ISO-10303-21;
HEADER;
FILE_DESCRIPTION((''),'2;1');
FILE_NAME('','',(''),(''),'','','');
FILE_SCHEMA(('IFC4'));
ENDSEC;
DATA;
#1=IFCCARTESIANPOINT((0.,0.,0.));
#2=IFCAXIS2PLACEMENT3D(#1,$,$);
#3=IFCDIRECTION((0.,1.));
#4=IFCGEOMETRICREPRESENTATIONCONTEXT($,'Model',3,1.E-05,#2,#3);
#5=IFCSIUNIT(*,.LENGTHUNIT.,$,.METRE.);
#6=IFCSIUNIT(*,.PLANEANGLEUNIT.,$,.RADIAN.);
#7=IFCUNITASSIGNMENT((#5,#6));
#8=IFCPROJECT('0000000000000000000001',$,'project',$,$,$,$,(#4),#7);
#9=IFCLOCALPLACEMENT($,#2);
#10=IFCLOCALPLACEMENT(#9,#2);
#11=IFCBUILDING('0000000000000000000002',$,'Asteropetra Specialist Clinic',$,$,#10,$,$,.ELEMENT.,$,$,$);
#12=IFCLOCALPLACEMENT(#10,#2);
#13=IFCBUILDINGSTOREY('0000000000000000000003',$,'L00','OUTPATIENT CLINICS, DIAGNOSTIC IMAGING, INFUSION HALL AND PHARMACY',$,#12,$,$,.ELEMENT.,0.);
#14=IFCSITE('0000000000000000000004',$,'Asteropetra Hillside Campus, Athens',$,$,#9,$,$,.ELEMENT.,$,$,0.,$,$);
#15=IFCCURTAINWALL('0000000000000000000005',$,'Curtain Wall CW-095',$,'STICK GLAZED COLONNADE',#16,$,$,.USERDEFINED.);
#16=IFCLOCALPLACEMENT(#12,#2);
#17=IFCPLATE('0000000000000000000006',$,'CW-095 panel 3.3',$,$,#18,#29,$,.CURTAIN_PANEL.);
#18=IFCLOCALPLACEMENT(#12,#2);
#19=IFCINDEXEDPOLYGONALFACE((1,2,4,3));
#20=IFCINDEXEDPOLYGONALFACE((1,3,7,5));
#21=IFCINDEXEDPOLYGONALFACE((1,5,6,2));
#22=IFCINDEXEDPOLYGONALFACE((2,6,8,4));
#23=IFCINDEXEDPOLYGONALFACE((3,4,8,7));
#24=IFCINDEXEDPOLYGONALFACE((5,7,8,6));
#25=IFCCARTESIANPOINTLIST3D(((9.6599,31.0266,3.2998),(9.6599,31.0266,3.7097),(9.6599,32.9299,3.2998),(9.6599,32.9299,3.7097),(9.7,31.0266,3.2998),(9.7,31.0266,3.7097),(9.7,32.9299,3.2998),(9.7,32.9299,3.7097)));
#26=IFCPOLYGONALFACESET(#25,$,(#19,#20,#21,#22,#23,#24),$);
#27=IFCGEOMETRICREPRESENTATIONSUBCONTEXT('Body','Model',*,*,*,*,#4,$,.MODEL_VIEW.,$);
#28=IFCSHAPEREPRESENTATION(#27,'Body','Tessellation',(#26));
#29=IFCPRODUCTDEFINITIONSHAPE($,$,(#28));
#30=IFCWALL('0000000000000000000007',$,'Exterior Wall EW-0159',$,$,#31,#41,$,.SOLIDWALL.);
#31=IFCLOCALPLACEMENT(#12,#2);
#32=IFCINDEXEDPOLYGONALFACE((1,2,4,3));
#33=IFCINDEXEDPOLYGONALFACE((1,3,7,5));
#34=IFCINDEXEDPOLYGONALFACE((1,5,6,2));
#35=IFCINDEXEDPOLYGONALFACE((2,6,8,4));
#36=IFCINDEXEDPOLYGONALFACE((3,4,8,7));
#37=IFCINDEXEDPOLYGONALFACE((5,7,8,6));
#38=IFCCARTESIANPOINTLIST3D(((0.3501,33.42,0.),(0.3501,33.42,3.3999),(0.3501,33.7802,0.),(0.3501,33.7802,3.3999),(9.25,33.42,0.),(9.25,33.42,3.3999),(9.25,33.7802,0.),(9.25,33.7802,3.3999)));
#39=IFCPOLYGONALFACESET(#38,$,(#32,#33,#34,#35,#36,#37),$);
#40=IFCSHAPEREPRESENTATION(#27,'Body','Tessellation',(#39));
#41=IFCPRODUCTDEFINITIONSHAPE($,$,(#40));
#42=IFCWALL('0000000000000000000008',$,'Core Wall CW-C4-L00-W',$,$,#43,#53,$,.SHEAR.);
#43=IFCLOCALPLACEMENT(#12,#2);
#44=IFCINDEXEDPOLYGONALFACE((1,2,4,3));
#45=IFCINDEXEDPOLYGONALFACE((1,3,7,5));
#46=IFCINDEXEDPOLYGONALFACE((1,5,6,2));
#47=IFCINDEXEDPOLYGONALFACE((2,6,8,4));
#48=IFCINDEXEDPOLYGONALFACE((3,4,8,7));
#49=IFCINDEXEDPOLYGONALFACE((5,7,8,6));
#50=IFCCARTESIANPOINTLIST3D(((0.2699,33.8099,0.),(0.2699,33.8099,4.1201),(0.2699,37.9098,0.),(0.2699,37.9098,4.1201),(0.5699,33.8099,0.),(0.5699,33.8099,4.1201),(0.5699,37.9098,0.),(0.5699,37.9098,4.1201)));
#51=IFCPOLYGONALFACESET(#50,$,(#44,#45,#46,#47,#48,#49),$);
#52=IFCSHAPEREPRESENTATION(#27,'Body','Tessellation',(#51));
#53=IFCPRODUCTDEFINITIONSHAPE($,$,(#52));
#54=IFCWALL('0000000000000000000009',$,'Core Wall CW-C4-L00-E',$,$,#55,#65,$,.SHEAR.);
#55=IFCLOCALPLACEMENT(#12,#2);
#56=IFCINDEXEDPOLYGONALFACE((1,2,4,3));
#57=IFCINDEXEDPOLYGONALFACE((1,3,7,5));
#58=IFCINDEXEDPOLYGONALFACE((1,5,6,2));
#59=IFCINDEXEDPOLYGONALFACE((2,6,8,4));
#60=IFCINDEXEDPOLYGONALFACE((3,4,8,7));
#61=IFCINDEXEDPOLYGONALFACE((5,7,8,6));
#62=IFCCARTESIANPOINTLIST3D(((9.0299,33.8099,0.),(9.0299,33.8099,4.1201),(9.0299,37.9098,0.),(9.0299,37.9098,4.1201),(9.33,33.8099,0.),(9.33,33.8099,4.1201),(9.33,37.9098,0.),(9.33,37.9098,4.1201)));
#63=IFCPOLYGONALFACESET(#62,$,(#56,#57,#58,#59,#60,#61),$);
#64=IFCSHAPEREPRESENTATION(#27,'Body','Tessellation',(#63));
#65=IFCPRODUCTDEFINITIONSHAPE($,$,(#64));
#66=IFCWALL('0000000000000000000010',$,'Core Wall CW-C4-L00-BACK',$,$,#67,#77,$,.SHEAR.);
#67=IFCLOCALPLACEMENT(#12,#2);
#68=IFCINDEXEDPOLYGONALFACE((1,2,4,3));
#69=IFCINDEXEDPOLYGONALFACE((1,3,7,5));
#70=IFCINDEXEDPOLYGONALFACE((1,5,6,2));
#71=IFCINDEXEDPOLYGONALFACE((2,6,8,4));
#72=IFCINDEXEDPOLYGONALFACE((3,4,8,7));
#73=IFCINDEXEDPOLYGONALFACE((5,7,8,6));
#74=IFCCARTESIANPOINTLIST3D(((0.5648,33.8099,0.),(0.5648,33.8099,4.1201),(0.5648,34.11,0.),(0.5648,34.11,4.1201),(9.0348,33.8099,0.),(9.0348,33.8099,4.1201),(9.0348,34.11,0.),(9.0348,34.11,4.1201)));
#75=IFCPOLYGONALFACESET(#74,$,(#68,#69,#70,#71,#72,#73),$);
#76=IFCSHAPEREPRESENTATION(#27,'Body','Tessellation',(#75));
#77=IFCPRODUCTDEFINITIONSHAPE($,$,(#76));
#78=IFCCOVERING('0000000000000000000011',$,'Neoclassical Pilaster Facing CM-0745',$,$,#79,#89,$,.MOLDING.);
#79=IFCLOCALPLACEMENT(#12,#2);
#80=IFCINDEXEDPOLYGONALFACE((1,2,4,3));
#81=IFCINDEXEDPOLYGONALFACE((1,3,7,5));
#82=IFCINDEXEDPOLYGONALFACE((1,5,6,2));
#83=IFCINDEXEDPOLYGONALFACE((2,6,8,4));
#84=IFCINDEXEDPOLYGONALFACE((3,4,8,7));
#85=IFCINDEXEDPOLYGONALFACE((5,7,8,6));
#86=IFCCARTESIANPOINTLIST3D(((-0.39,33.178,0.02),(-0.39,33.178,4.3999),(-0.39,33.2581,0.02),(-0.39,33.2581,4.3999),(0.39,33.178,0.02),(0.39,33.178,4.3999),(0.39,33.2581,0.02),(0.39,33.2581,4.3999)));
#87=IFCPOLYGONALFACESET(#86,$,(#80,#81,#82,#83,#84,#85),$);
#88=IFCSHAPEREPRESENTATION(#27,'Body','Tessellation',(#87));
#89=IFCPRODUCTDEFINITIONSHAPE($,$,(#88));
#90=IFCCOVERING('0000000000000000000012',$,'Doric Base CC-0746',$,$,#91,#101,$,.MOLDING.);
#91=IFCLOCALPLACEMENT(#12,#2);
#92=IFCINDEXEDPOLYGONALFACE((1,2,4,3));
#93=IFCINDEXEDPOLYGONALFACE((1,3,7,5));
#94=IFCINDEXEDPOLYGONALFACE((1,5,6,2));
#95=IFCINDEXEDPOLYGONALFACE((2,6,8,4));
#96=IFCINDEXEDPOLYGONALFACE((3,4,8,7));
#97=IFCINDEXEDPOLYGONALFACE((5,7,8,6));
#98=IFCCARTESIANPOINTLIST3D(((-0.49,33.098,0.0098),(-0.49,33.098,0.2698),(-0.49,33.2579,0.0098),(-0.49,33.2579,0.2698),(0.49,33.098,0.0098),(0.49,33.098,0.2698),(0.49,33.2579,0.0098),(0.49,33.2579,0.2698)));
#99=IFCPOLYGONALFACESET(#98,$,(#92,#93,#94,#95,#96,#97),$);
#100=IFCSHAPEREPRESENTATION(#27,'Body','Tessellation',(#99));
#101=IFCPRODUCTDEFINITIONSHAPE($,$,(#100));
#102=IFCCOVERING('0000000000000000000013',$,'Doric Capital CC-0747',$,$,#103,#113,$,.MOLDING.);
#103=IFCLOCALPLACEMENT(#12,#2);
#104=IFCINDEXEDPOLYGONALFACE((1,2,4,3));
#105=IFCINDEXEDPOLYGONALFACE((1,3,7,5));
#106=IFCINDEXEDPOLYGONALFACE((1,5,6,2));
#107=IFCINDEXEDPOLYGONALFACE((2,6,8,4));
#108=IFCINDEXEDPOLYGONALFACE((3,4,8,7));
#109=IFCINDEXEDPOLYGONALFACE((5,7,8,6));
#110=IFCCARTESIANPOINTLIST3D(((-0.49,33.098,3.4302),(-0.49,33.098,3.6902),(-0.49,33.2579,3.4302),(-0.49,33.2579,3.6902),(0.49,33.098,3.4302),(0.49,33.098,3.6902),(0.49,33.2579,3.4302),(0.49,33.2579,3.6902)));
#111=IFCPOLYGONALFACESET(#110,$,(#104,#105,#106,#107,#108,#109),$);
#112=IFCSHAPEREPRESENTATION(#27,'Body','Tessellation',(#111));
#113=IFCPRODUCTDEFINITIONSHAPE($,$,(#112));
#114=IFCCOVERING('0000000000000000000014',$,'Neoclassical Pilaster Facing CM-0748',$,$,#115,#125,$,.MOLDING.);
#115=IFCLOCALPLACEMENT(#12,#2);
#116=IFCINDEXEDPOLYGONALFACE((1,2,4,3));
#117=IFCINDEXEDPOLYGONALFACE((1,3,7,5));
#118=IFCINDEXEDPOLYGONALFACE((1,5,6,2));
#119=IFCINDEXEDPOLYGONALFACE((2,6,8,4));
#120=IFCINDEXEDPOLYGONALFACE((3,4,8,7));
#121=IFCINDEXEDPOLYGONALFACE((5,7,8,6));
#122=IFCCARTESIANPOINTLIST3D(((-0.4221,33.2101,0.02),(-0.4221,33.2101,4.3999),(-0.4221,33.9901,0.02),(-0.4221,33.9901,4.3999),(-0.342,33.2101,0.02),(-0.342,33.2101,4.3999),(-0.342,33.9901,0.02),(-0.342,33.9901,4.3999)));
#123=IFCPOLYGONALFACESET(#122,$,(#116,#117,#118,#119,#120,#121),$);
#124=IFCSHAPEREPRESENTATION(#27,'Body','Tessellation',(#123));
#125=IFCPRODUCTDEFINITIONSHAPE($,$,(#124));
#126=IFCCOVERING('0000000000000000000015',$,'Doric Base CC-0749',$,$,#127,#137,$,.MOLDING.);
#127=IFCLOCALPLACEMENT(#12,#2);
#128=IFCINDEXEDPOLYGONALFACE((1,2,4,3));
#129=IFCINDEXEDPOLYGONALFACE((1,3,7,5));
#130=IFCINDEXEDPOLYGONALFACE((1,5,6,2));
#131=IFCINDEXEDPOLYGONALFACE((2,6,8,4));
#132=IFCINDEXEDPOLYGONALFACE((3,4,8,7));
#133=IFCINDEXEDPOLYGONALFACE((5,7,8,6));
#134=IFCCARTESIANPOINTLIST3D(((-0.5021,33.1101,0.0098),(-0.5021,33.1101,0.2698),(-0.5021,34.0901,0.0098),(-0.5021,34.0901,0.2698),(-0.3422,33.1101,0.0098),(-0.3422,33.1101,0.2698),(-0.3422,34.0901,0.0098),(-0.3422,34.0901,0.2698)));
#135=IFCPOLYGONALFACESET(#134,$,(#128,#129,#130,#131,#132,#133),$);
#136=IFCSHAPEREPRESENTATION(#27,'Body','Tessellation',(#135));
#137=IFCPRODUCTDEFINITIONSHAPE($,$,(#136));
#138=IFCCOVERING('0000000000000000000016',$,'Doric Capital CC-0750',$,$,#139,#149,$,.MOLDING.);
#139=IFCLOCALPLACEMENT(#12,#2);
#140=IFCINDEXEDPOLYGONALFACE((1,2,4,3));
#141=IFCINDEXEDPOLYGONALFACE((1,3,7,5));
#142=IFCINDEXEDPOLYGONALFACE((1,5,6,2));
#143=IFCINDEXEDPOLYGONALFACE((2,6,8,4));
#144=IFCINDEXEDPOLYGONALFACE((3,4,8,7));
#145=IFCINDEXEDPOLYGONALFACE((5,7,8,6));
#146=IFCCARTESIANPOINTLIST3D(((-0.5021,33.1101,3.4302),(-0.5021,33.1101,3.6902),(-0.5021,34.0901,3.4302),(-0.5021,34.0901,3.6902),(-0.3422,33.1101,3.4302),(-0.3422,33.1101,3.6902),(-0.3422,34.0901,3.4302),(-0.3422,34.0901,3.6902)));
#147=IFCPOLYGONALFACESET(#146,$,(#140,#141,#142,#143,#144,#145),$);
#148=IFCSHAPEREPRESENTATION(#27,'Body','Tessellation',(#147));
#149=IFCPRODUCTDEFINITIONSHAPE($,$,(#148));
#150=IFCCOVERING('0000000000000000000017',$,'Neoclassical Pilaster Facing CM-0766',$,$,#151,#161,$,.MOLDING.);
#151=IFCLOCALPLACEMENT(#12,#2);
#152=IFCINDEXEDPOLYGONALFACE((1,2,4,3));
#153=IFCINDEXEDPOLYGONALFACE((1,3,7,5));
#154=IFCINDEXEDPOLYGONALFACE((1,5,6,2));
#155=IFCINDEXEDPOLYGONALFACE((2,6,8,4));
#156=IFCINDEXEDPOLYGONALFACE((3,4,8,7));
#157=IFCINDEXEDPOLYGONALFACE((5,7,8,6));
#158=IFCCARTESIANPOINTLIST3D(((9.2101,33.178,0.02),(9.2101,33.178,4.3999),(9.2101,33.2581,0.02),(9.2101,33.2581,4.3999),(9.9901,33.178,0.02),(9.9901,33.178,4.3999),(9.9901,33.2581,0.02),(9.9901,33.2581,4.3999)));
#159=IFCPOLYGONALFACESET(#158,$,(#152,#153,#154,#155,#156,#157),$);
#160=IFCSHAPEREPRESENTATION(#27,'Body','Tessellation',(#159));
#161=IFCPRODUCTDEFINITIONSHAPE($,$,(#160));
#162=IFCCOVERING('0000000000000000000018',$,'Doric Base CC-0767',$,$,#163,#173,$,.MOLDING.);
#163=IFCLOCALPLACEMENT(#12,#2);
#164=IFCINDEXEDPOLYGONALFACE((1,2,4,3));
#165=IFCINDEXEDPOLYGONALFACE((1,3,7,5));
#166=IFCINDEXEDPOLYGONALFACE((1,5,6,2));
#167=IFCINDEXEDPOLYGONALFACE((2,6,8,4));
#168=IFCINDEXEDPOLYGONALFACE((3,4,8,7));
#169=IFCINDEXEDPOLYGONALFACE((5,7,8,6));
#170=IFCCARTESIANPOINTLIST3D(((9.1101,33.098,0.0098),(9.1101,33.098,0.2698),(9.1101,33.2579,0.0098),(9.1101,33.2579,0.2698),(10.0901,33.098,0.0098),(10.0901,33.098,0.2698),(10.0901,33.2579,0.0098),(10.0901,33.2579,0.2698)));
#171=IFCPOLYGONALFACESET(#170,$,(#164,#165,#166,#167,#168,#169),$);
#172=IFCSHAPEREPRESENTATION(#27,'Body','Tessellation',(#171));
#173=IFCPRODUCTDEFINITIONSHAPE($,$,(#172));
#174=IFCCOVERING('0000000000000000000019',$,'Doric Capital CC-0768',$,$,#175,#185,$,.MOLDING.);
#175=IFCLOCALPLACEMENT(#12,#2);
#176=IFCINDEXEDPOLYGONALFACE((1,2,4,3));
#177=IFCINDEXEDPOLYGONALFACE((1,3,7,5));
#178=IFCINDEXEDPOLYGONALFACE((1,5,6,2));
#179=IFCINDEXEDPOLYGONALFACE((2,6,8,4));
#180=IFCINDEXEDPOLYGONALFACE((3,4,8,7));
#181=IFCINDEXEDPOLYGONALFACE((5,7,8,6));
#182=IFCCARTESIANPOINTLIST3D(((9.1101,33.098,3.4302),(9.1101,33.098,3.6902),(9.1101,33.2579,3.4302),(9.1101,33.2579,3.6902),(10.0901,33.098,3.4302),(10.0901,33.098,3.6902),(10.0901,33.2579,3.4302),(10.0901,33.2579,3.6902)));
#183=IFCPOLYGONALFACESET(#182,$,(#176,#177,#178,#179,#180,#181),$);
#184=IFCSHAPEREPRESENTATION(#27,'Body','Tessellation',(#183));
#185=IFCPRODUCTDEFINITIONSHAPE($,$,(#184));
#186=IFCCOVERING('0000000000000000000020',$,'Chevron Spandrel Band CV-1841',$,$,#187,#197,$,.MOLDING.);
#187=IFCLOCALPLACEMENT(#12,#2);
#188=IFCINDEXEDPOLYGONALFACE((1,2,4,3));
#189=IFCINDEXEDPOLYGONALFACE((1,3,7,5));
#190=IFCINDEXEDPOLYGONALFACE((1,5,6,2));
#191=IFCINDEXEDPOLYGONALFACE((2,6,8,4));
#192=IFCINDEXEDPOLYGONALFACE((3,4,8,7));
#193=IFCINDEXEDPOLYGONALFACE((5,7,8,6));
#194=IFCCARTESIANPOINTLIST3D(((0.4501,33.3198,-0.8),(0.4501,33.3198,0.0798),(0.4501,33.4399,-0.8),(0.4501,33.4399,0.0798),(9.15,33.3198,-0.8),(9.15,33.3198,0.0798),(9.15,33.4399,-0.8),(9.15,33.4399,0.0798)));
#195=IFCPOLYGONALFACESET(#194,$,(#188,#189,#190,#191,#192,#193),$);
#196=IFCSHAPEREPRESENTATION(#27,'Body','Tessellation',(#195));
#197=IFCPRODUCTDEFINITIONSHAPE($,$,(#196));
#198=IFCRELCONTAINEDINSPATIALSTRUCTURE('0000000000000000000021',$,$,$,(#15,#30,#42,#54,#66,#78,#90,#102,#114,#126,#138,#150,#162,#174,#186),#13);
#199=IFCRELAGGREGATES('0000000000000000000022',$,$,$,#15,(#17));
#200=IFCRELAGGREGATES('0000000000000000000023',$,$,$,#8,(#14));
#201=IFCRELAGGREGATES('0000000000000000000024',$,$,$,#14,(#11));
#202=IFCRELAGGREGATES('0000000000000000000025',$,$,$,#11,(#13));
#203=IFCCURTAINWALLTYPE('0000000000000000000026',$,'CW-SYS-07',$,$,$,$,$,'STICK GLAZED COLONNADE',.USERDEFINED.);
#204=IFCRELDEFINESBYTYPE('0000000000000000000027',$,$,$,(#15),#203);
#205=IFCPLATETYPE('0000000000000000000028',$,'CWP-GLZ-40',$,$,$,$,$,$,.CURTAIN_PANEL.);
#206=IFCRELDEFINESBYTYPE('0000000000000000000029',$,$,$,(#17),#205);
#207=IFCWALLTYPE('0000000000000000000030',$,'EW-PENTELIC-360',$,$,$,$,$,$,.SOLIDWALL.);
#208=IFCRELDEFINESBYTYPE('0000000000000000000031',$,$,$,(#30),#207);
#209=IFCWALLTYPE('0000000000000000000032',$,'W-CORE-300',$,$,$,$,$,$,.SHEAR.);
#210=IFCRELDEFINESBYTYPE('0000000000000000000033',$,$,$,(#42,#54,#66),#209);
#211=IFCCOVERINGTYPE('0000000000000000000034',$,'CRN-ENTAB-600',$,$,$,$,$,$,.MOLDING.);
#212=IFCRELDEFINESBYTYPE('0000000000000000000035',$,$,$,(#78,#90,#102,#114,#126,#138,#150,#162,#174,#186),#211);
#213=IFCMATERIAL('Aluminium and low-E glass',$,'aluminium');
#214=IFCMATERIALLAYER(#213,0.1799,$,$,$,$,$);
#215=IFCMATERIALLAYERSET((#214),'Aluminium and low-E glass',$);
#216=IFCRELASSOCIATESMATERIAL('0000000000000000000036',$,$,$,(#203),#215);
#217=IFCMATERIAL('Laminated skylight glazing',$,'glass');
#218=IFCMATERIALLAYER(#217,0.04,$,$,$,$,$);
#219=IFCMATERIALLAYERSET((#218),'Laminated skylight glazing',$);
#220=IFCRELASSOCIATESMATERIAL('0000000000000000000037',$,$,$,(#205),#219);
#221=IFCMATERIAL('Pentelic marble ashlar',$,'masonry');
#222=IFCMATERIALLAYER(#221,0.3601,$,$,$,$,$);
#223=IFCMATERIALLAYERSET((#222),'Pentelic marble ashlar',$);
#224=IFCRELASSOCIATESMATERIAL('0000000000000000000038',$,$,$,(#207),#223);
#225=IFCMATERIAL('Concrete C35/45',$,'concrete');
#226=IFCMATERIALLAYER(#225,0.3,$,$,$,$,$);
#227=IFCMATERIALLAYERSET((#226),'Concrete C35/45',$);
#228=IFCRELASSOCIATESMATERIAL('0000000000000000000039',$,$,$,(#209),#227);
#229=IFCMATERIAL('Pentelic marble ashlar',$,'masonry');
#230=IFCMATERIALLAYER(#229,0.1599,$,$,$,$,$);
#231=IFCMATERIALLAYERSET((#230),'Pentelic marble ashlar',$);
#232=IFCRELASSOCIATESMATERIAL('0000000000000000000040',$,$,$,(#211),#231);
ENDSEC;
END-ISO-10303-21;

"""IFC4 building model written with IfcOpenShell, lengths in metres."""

from ifc_helpers import new_model, si_unit, direction, frame, frame_2d, origin, origin_2d, place, context, subcontext, project, spatial, rectangle, extrude, material, layer, layer_set, type_object, element, aggregate, save


model = new_model("IFC4")

# Units and contexts
model_context = context("Model", 3, precision=1e-05, world=origin(), true_north=direction((0.0, 1.0)))
body_context = subcontext(model_context, "Body", "Model", "MODEL_VIEW")
ifc_project = project(units=[si_unit("LENGTHUNIT", "METRE"), si_unit("PLANEANGLEUNIT", "RADIAN")], contexts=[model_context])

# Site, building, storey
site_placement = place(None, origin())
site = spatial("IfcSite", under=ifc_project, at=site_placement, Name="Asteropetra Hillside Campus, Athens", CompositionType="ELEMENT", RefElevation=0.0)
building_placement = place(site_placement, origin())
building = spatial("IfcBuilding", under=site, at=building_placement, Name="Asteropetra Specialist Clinic", CompositionType="ELEMENT")
storey_placement = place(building_placement, origin())
storey = spatial("IfcBuildingStorey", under=building, at=storey_placement, Name="L00", Description="OUTPATIENT CLINICS, DIAGNOSTIC IMAGING, INFUSION HALL AND PHARMACY", CompositionType="ELEMENT", Elevation=0.0)

# Curtain wall
ifc_material_1 = material(Name="Aluminium and low-E glass", Category="aluminium")
ifc_layer_1 = layer(ifc_material_1, 0.1799)
ifc_layer_set_1 = layer_set([ifc_layer_1], Name="Aluminium and low-E glass")
curtain_wall_type = type_object("IfcCurtainWallType", Name="CW-SYS-07", ElementType="STICK GLAZED COLONNADE", PredefinedType="USERDEFINED", material=ifc_layer_set_1)
curtain_wall_placement = place(storey_placement, origin())
curtain_wall = element("IfcCurtainWall", 1, at=curtain_wall_placement, inside=storey, type_object=curtain_wall_type, Name="Curtain Wall CW-095", ObjectType="STICK GLAZED COLONNADE", PredefinedType="USERDEFINED")

# Plate
ifc_material_2 = material(Name="Laminated skylight glazing", Category="glass")
ifc_layer_2 = layer(ifc_material_2, 0.04)
ifc_layer_set_2 = layer_set([ifc_layer_2], Name="Laminated skylight glazing")
plate_type = type_object("IfcPlateType", Name="CWP-GLZ-40", PredefinedType="CURTAIN_PANEL", material=ifc_layer_set_2)
plate_1_placement = place(storey_placement, frame((9.6799, 31.9783, 3.2998), z_axis=(0.0, 0.0, 1.0), x_axis=(0.0, 1.0, 0.0)))
plate_1 = element("IfcPlate", 2, at=plate_1_placement, type_object=plate_type, Name="CW-095 panel 3.3", PredefinedType="CURTAIN_PANEL", context=body_context, shape_type="SweptSolid", body=[
    extrude(rectangle(XDim=1.9033, YDim=0.04, at=origin_2d()), origin(), (0.0, 0.0, 1.0), 0.4099),
])
aggregate(curtain_wall, [plate_1])

# Walls
ifc_material_3 = material(Name="Pentelic marble ashlar", Category="masonry")
ifc_layer_3 = layer(ifc_material_3, 0.3601)
ifc_layer_set_3 = layer_set([ifc_layer_3], Name="Pentelic marble ashlar")
wall_type_1 = type_object("IfcWallType", Name="EW-PENTELIC-360", PredefinedType="SOLIDWALL", material=ifc_layer_set_3)
wall_1_placement = place(storey_placement, frame((0.3501, 33.6001, 0.0), z_axis=(0.0, 0.0, 1.0), x_axis=(1.0, 0.0, 0.0)))
element("IfcWall", 3, at=wall_1_placement, inside=storey, type_object=wall_type_1, Name="Exterior Wall EW-0159", PredefinedType="SOLIDWALL", context=body_context, shape_type="SweptSolid", body=[
    extrude(rectangle(XDim=8.8999, YDim=0.3601, at=frame_2d((4.45, 0.0))), origin(), (0.0, 0.0, 1.0), 3.3999),
])
ifc_material_4 = material(Name="Concrete C35/45", Category="concrete")
ifc_layer_4 = layer(ifc_material_4, 0.3)
ifc_layer_set_4 = layer_set([ifc_layer_4], Name="Concrete C35/45")
wall_type_2 = type_object("IfcWallType", Name="W-CORE-300", PredefinedType="SHEAR", material=ifc_layer_set_4)
for number, where, z_axis, x_axis, name in (
    (4, (0.4199, 33.8101, 0.0), (0.0, 0.0, 1.0), (0.0, 1.0, 0.0), "Core Wall CW-C4-L00-W"),
    (5, (9.1799, 33.8101, 0.0), (0.0, 0.0, 1.0), (0.0, 1.0, 0.0), "Core Wall CW-C4-L00-E"),
):
    element("IfcWall", number, at=place(storey_placement, frame(where, z_axis=z_axis, x_axis=x_axis)), inside=storey, type_object=wall_type_2, Name=name, PredefinedType="SHEAR", context=body_context, shape_type="SweptSolid", body=[
        extrude(rectangle(XDim=4.0999, YDim=0.3, at=frame_2d((2.0498, 0.0))), origin(), (0.0, 0.0, 1.0), 4.1201),
    ])
wall_2_placement = place(storey_placement, frame((0.5649, 33.96, 0.0), z_axis=(0.0, 0.0, 1.0), x_axis=(1.0, 0.0, 0.0)))
element("IfcWall", 6, at=wall_2_placement, inside=storey, type_object=wall_type_2, Name="Core Wall CW-C4-L00-BACK", PredefinedType="SHEAR", context=body_context, shape_type="SweptSolid", body=[
    extrude(rectangle(XDim=8.47, YDim=0.3, at=frame_2d((4.2349, 0.0))), origin(), (0.0, 0.0, 1.0), 4.1201),
])

# Coverings
ifc_material_5 = material(Name="Pentelic marble ashlar", Category="masonry")
ifc_layer_5 = layer(ifc_material_5, 0.1599)
ifc_layer_set_5 = layer_set([ifc_layer_5], Name="Pentelic marble ashlar")
covering_type = type_object("IfcCoveringType", Name="CRN-ENTAB-600", PredefinedType="MOLDING", material=ifc_layer_set_5)
covering_1_placement = place(storey_placement, frame((0.0, 33.218, 0.02), z_axis=(0.0, 0.0, 1.0), x_axis=(1.0, 0.0, 0.0)))
element("IfcCovering", 7, at=covering_1_placement, inside=storey, type_object=covering_type, Name="Neoclassical Pilaster Facing CM-0745", PredefinedType="MOLDING", context=body_context, shape_type="SweptSolid", body=[
    extrude(rectangle(XDim=0.78, YDim=0.0801, at=origin_2d()), origin(), (0.0, 0.0, 1.0), 4.3799),
])
for number, where, z_axis, x_axis, name in (
    (8, (0.0, 33.178, 0.0098), (0.0, 0.0, 1.0), (1.0, 0.0, 0.0), "Doric Base CC-0746"),
    (9, (0.0, 33.178, 3.4302), (0.0, 0.0, 1.0), (1.0, 0.0, 0.0), "Doric Capital CC-0747"),
):
    element("IfcCovering", number, at=place(storey_placement, frame(where, z_axis=z_axis, x_axis=x_axis)), inside=storey, type_object=covering_type, Name=name, PredefinedType="MOLDING", context=body_context, shape_type="SweptSolid", body=[
        extrude(rectangle(XDim=0.98, YDim=0.1599, at=origin_2d()), origin(), (0.0, 0.0, 1.0), 0.26),
    ])
covering_2_placement = place(storey_placement, frame((-0.3821, 33.6001, 0.02), z_axis=(0.0, 0.0, 1.0), x_axis=(1.0, 0.0, 0.0)))
element("IfcCovering", 10, at=covering_2_placement, inside=storey, type_object=covering_type, Name="Neoclassical Pilaster Facing CM-0748", PredefinedType="MOLDING", context=body_context, shape_type="SweptSolid", body=[
    extrude(rectangle(XDim=0.0801, YDim=0.78, at=origin_2d()), origin(), (0.0, 0.0, 1.0), 4.3799),
])
for number, where, z_axis, x_axis, name in (
    (11, (-0.4221, 33.6001, 0.0098), (0.0, 0.0, 1.0), (1.0, 0.0, 0.0), "Doric Base CC-0749"),
    (12, (-0.4221, 33.6001, 3.4302), (0.0, 0.0, 1.0), (1.0, 0.0, 0.0), "Doric Capital CC-0750"),
):
    element("IfcCovering", number, at=place(storey_placement, frame(where, z_axis=z_axis, x_axis=x_axis)), inside=storey, type_object=covering_type, Name=name, PredefinedType="MOLDING", context=body_context, shape_type="SweptSolid", body=[
        extrude(rectangle(XDim=0.1599, YDim=0.98, at=origin_2d()), origin(), (0.0, 0.0, 1.0), 0.26),
    ])
covering_3_placement = place(storey_placement, frame((9.6001, 33.218, 0.02), z_axis=(0.0, 0.0, 1.0), x_axis=(1.0, 0.0, 0.0)))
element("IfcCovering", 13, at=covering_3_placement, inside=storey, type_object=covering_type, Name="Neoclassical Pilaster Facing CM-0766", PredefinedType="MOLDING", context=body_context, shape_type="SweptSolid", body=[
    extrude(rectangle(XDim=0.78, YDim=0.0801, at=origin_2d()), origin(), (0.0, 0.0, 1.0), 4.3799),
])
for number, where, z_axis, x_axis, name in (
    (14, (9.6001, 33.178, 0.0098), (0.0, 0.0, 1.0), (1.0, 0.0, 0.0), "Doric Base CC-0767"),
    (15, (9.6001, 33.178, 3.4302), (0.0, 0.0, 1.0), (1.0, 0.0, 0.0), "Doric Capital CC-0768"),
):
    element("IfcCovering", number, at=place(storey_placement, frame(where, z_axis=z_axis, x_axis=x_axis)), inside=storey, type_object=covering_type, Name=name, PredefinedType="MOLDING", context=body_context, shape_type="SweptSolid", body=[
        extrude(rectangle(XDim=0.98, YDim=0.1599, at=origin_2d()), origin(), (0.0, 0.0, 1.0), 0.26),
    ])
covering_4_placement = place(storey_placement, frame((4.8, 33.3799, -0.8), z_axis=(0.0, 0.0, 1.0), x_axis=(1.0, 0.0, 0.0)))
element("IfcCovering", 16, at=covering_4_placement, inside=storey, type_object=covering_type, Name="Chevron Spandrel Band CV-1841", PredefinedType="MOLDING", context=body_context, shape_type="SweptSolid", body=[
    extrude(rectangle(XDim=8.7, YDim=0.1201, at=origin_2d()), origin(), (0.0, 0.0, 1.0), 0.8799),
])

save(model, "model.ifc")
